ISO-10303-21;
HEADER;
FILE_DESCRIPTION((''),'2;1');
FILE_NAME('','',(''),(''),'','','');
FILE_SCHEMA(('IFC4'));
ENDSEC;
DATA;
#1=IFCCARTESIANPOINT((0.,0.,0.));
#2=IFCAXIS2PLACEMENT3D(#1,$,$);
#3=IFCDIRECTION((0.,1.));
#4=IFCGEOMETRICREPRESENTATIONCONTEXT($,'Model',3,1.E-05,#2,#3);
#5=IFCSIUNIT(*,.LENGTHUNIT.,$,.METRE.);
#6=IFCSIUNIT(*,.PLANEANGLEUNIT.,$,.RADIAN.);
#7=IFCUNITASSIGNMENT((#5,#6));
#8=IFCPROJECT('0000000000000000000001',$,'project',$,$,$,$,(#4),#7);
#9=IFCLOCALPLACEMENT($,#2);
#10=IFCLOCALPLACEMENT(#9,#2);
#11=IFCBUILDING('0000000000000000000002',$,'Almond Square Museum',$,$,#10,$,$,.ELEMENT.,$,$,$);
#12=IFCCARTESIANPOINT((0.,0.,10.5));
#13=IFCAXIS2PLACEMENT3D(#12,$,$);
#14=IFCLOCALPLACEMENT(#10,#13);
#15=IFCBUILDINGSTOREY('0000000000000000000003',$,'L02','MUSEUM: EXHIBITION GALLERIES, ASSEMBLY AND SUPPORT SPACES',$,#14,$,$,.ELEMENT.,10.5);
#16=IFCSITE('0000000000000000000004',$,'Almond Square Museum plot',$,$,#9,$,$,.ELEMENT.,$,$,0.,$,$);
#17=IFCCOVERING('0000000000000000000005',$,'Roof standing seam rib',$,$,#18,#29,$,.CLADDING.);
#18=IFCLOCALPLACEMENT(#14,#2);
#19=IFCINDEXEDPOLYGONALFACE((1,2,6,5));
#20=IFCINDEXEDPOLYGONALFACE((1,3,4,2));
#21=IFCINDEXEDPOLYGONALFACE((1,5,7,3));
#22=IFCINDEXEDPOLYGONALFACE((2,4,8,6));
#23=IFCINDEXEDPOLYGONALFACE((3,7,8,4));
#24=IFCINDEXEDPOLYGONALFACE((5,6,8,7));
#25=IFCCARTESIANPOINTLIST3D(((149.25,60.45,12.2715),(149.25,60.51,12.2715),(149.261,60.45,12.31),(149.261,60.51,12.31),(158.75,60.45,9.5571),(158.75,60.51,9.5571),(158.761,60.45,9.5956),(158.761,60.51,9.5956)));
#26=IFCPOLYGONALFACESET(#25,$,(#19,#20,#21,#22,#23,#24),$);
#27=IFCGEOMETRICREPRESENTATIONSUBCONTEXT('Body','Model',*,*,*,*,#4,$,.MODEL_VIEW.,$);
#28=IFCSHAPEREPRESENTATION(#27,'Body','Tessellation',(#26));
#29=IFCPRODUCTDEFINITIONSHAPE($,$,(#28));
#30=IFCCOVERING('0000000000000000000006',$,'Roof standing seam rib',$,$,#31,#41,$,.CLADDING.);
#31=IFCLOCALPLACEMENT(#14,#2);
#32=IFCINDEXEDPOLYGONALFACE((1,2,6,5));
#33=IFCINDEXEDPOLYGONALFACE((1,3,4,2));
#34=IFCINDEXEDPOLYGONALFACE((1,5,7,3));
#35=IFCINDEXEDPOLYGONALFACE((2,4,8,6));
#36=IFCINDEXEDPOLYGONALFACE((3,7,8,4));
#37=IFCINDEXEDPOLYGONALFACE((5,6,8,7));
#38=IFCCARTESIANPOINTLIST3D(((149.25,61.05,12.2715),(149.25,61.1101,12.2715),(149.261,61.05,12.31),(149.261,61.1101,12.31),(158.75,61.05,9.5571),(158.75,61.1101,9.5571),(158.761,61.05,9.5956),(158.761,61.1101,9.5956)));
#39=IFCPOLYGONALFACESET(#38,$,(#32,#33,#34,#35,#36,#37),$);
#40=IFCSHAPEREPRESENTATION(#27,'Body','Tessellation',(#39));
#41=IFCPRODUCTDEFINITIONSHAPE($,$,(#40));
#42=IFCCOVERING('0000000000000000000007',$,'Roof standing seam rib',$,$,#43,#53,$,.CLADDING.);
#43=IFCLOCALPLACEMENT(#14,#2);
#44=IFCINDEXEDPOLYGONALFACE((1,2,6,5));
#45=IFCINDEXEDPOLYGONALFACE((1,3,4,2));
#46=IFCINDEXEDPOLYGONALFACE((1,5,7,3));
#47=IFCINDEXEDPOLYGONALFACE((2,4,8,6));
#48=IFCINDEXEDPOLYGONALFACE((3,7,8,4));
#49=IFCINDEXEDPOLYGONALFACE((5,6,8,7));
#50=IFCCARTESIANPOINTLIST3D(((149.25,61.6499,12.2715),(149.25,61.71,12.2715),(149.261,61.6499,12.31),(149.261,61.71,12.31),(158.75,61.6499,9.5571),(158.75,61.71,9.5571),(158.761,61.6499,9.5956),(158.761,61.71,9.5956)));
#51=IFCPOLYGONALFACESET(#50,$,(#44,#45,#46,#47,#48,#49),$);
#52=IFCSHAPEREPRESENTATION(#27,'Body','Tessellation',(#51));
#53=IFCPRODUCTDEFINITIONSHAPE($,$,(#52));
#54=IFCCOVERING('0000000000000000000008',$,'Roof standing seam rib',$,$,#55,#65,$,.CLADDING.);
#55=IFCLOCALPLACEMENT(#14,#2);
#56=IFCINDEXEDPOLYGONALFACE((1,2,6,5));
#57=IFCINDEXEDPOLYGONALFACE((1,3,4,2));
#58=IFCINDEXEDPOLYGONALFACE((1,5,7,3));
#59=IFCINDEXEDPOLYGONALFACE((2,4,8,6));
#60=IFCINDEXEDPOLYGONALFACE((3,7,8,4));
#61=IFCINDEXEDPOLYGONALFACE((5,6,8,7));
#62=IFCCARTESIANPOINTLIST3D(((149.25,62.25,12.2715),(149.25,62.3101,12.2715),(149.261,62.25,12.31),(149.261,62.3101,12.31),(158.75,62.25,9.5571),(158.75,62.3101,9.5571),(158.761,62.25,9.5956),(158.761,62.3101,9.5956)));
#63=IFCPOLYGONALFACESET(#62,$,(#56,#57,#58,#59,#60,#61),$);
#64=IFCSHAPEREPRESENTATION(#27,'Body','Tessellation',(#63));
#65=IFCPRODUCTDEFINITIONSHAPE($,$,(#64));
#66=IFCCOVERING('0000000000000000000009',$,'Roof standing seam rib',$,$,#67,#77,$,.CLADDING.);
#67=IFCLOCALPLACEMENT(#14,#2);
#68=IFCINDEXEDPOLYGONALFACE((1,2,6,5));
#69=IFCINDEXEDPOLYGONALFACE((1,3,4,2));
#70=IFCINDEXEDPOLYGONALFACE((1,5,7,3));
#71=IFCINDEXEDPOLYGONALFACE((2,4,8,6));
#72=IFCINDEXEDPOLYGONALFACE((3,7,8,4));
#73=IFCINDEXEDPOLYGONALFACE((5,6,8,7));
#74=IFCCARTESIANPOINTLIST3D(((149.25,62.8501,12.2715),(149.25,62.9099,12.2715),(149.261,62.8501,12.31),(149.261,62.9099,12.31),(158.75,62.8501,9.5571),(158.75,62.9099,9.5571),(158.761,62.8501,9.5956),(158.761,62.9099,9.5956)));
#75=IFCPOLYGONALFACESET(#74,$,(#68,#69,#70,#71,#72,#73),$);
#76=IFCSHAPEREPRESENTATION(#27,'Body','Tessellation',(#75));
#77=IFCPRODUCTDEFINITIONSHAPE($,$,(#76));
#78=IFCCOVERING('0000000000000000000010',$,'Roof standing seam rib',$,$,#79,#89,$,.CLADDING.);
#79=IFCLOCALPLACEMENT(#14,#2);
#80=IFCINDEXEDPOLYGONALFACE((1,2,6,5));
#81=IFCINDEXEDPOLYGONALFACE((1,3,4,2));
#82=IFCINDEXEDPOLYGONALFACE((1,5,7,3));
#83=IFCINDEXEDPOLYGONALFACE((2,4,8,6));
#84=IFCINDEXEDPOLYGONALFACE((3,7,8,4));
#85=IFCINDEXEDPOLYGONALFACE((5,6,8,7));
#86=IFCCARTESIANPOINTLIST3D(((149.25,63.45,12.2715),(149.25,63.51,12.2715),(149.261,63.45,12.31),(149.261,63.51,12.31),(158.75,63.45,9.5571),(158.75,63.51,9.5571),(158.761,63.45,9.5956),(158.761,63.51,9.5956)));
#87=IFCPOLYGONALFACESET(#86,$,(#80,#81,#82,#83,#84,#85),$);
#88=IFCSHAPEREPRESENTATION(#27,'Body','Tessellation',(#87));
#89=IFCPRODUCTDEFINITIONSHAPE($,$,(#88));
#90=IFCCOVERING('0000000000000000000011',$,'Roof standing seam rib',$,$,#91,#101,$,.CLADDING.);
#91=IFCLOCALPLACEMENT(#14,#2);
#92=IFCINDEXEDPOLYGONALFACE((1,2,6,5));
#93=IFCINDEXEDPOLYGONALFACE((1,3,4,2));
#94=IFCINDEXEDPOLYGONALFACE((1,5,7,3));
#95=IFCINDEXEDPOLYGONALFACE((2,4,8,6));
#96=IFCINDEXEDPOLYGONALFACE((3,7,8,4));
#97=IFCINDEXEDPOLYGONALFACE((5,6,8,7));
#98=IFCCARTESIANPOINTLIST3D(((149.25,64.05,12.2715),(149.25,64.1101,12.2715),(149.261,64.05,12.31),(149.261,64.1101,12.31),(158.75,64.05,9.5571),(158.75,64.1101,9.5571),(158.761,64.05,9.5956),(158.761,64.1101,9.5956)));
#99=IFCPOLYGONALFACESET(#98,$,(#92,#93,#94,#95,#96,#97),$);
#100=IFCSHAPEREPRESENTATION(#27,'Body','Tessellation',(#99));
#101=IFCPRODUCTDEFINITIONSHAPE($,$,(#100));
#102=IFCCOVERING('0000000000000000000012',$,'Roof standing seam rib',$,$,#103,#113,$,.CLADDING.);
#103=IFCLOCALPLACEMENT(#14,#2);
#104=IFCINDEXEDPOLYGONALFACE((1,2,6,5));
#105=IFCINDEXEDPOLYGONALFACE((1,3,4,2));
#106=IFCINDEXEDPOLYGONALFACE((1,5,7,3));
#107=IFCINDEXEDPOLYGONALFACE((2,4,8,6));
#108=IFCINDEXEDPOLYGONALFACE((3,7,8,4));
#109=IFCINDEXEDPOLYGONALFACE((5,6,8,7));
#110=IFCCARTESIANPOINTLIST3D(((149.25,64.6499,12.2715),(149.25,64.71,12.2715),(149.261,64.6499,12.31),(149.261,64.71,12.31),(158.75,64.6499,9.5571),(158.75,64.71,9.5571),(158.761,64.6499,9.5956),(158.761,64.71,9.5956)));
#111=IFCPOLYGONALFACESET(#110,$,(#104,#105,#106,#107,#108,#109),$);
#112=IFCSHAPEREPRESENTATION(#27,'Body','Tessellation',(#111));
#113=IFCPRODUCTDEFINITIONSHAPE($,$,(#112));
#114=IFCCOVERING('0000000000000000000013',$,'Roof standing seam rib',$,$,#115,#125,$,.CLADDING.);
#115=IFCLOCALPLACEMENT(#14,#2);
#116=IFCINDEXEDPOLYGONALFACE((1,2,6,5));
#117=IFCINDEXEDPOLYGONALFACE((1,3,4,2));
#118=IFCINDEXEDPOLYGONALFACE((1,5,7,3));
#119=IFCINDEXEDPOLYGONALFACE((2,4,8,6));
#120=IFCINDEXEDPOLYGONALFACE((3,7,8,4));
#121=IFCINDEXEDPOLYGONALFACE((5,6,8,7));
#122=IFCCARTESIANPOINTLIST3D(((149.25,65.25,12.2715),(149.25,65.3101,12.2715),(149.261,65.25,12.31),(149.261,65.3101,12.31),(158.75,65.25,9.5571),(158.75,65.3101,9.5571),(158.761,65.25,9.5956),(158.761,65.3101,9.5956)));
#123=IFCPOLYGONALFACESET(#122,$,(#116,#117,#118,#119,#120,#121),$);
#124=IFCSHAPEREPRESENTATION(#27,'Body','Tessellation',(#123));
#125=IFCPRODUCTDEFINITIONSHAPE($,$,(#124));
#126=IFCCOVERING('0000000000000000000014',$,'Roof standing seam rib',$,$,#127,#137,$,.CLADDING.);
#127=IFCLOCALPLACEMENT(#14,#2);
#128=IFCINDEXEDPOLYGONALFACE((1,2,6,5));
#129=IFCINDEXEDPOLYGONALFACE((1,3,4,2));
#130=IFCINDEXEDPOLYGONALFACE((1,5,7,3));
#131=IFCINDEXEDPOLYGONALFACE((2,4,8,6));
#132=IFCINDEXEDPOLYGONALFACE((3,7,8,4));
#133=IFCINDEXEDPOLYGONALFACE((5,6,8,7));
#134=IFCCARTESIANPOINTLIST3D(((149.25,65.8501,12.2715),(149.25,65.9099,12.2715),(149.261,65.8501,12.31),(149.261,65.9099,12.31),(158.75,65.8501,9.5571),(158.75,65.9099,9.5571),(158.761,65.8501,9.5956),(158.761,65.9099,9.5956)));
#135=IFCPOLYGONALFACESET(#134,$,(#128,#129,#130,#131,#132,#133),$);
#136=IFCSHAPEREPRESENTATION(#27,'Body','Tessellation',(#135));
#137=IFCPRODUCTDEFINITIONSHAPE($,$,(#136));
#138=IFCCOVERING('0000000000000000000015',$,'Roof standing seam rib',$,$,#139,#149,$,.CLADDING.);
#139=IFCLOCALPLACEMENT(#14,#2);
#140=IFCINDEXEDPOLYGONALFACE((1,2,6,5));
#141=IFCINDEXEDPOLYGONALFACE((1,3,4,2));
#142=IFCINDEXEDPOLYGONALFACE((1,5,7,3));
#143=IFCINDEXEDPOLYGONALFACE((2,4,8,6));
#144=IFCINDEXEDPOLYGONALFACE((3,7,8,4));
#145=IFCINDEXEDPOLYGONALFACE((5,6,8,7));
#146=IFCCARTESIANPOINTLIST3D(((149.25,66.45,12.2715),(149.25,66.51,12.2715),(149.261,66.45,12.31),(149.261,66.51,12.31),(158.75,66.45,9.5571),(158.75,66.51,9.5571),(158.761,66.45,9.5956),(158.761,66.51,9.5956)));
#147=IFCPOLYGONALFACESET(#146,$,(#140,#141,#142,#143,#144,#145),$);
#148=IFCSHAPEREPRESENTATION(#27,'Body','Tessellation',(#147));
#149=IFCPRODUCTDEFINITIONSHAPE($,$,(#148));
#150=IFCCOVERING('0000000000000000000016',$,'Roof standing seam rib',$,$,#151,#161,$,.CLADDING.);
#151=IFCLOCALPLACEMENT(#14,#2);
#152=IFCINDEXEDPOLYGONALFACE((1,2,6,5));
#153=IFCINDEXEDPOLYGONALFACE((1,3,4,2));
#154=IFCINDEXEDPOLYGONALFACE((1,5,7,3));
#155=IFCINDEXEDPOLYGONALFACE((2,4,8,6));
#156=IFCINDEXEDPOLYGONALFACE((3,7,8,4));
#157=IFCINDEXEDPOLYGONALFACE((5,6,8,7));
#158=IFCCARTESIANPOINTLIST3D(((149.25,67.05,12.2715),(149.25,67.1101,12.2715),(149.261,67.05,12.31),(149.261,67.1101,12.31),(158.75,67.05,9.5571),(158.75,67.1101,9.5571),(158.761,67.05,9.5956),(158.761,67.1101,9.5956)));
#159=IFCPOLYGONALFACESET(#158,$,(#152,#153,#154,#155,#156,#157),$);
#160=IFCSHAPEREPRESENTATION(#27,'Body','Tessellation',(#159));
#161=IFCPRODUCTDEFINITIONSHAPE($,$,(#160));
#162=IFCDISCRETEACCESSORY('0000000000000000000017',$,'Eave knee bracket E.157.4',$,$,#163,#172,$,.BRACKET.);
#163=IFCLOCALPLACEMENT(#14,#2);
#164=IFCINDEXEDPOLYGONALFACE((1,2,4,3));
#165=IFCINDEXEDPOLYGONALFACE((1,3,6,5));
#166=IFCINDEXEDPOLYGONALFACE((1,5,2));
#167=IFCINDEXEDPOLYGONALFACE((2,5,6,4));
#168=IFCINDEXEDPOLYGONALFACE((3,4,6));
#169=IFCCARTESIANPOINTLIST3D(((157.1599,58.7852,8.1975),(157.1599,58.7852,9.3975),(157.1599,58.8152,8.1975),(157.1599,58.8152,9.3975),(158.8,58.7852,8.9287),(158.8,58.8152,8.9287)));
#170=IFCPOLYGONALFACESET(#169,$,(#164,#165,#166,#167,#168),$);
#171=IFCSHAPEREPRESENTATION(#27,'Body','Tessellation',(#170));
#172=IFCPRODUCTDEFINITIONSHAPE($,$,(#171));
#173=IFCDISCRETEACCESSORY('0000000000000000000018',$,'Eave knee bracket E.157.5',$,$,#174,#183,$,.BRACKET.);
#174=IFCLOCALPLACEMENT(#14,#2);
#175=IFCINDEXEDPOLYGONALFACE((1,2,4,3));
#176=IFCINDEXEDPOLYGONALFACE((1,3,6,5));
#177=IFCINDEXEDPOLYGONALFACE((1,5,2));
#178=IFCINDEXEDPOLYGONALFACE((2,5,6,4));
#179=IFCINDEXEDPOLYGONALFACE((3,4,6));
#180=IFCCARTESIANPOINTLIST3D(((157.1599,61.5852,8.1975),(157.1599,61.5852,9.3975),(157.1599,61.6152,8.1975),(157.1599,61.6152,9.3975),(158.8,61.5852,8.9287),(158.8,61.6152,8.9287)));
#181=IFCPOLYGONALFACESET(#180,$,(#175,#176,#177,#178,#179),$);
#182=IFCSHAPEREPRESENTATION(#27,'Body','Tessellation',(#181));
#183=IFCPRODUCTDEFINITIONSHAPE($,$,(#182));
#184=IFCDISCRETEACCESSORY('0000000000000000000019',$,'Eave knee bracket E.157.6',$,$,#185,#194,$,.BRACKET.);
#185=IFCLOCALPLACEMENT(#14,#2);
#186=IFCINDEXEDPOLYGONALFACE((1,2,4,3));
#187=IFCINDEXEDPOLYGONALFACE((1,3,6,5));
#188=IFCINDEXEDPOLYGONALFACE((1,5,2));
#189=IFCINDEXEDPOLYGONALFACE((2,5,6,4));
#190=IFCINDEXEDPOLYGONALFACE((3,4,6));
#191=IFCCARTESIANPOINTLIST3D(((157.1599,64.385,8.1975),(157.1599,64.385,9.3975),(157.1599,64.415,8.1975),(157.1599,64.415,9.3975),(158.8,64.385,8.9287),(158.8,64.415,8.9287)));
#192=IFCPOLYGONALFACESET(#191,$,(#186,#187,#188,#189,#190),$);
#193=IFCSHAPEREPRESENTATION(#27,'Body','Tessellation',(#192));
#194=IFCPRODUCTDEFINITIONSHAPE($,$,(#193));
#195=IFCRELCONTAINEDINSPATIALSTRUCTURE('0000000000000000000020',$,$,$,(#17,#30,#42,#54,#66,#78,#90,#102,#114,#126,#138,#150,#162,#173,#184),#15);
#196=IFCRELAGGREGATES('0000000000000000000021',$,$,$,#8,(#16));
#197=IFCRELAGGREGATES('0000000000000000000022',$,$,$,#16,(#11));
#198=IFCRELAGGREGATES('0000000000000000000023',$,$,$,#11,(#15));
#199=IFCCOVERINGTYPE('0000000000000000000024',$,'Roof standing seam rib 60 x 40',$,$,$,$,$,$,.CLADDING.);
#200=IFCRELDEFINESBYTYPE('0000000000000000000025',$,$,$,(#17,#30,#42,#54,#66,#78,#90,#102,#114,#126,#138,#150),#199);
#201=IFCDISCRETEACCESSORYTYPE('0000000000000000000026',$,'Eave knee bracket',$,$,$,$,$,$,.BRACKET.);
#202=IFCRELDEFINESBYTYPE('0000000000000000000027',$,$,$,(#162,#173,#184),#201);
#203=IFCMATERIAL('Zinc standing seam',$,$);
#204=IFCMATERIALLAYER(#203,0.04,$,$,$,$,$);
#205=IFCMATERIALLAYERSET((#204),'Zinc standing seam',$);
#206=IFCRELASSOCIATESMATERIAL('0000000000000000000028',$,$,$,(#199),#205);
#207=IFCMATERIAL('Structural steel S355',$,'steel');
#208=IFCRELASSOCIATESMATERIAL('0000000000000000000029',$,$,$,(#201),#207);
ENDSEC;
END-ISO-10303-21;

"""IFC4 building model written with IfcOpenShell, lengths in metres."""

from ifc_helpers import new_model, si_unit, direction, frame, origin, place, context, subcontext, project, spatial, polyline, outline, extrude, material, layer, layer_set, type_object, element, save


model = new_model("IFC4")

# Units and contexts
model_context = context("Model", 3, precision=1e-05, world=origin(), true_north=direction((0.0, 1.0)))
body_context = subcontext(model_context, "Body", "Model", "MODEL_VIEW")
ifc_project = project(units=[si_unit("LENGTHUNIT", "METRE"), si_unit("PLANEANGLEUNIT", "RADIAN")], contexts=[model_context])

# Site, building, storey
site_placement = place(None, origin())
site = spatial("IfcSite", under=ifc_project, at=site_placement, Name="Almond Square Museum plot", CompositionType="ELEMENT", RefElevation=0.0)
building_placement = place(site_placement, origin())
building = spatial("IfcBuilding", under=site, at=building_placement, Name="Almond Square Museum", CompositionType="ELEMENT")
storey_placement = place(building_placement, frame((0.0, 0.0, 10.5)))
storey = spatial("IfcBuildingStorey", under=building, at=storey_placement, Name="L02", Description="MUSEUM: EXHIBITION GALLERIES, ASSEMBLY AND SUPPORT SPACES", CompositionType="ELEMENT", Elevation=10.5)

# Coverings
ifc_material_1 = material(Name="Zinc standing seam")
ifc_layer = layer(ifc_material_1, 0.04)
ifc_layer_set = layer_set([ifc_layer], Name="Zinc standing seam")
covering_type = type_object("IfcCoveringType", Name="Roof standing seam rib 60 x 40", PredefinedType="CLADDING", material=ifc_layer_set)
for number, where, z_axis, x_axis, name in (
    (1, (158.75, 60.51, 9.5571), (0.274728, 0.0, 0.961522), (-0.961522, 0.0, 0.274728), "Roof standing seam rib"),
    (2, (158.75, 61.1101, 9.5571), (0.274728, 0.0, 0.961522), (-0.961522, 0.0, 0.274728), "Roof standing seam rib"),
    (3, (158.75, 61.71, 9.5571), (0.274728, 0.0, 0.961522), (-0.961522, 0.0, 0.274728), "Roof standing seam rib"),
    (4, (158.75, 62.3101, 9.5571), (0.274728, 0.0, 0.961522), (-0.961522, 0.0, 0.274728), "Roof standing seam rib"),
):
    element("IfcCovering", number, at=place(storey_placement, frame(where, z_axis=z_axis, x_axis=x_axis)), inside=storey, type_object=covering_type, Name=name, PredefinedType="CLADDING", context=body_context, shape_type="SweptSolid", body=[
        extrude(outline(polyline([(0.0, 0.0), (9.8802, 0.0), (9.8802, 0.0601), (0.0, 0.0601), (0.0, 0.0)])), origin(), (0.0, 0.0, 1.0), 0.04),
    ])
covering_1_placement = place(storey_placement, frame((158.75, 62.9099, 9.5571), z_axis=(0.274728, 0.0, 0.961522), x_axis=(-0.961522, 0.0, 0.274728)))
element("IfcCovering", 5, at=covering_1_placement, inside=storey, type_object=covering_type, Name="Roof standing seam rib", PredefinedType="CLADDING", context=body_context, shape_type="SweptSolid", body=[
    extrude(outline(polyline([(0.0, 0.0), (9.8802, 0.0), (9.8802, 0.0598), (0.0, 0.0598), (0.0, 0.0)])), origin(), (0.0, 0.0, 1.0), 0.04),
])
for number, where, z_axis, x_axis, name in (
    (6, (158.75, 63.51, 9.5571), (0.274728, 0.0, 0.961522), (-0.961522, 0.0, 0.274728), "Roof standing seam rib"),
    (7, (158.75, 64.1101, 9.5571), (0.274728, 0.0, 0.961522), (-0.961522, 0.0, 0.274728), "Roof standing seam rib"),
    (8, (158.75, 64.71, 9.5571), (0.274728, 0.0, 0.961522), (-0.961522, 0.0, 0.274728), "Roof standing seam rib"),
    (9, (158.75, 65.3101, 9.5571), (0.274728, 0.0, 0.961522), (-0.961522, 0.0, 0.274728), "Roof standing seam rib"),
):
    element("IfcCovering", number, at=place(storey_placement, frame(where, z_axis=z_axis, x_axis=x_axis)), inside=storey, type_object=covering_type, Name=name, PredefinedType="CLADDING", context=body_context, shape_type="SweptSolid", body=[
        extrude(outline(polyline([(0.0, 0.0), (9.8802, 0.0), (9.8802, 0.0601), (0.0, 0.0601), (0.0, 0.0)])), origin(), (0.0, 0.0, 1.0), 0.04),
    ])
covering_2_placement = place(storey_placement, frame((158.75, 65.9099, 9.5571), z_axis=(0.274728, 0.0, 0.961522), x_axis=(-0.961522, 0.0, 0.274728)))
element("IfcCovering", 10, at=covering_2_placement, inside=storey, type_object=covering_type, Name="Roof standing seam rib", PredefinedType="CLADDING", context=body_context, shape_type="SweptSolid", body=[
    extrude(outline(polyline([(0.0, 0.0), (9.8802, 0.0), (9.8802, 0.0598), (0.0, 0.0598), (0.0, 0.0)])), origin(), (0.0, 0.0, 1.0), 0.04),
])
for number, where, z_axis, x_axis, name in (
    (11, (158.75, 66.51, 9.5571), (0.274728, 0.0, 0.961522), (-0.961522, 0.0, 0.274728), "Roof standing seam rib"),
    (12, (158.75, 67.1101, 9.5571), (0.274728, 0.0, 0.961522), (-0.961522, 0.0, 0.274728), "Roof standing seam rib"),
):
    element("IfcCovering", number, at=place(storey_placement, frame(where, z_axis=z_axis, x_axis=x_axis)), inside=storey, type_object=covering_type, Name=name, PredefinedType="CLADDING", context=body_context, shape_type="SweptSolid", body=[
        extrude(outline(polyline([(0.0, 0.0), (9.8802, 0.0), (9.8802, 0.0601), (0.0, 0.0601), (0.0, 0.0)])), origin(), (0.0, 0.0, 1.0), 0.04),
    ])

# Discrete accessories
ifc_material_2 = material(Name="Structural steel S355", Category="steel")
discrete_accessory_type = type_object("IfcDiscreteAccessoryType", Name="Eave knee bracket", PredefinedType="BRACKET", material=ifc_material_2)
for number, where, z_axis, x_axis, name in (
    (13, (157.1599, 58.8, 9.3975), (0.0, -1.0, 0.0), (0.0, 0.0, -1.0), "Eave knee bracket E.157.4"),
    (14, (157.1599, 61.6001, 9.3975), (0.0, -1.0, 0.0), (0.0, 0.0, -1.0), "Eave knee bracket E.157.5"),
    (15, (157.1599, 64.3999, 9.3975), (0.0, -1.0, 0.0), (0.0, 0.0, -1.0), "Eave knee bracket E.157.6"),
):
    element("IfcDiscreteAccessory", number, at=place(storey_placement, frame(where, z_axis=z_axis, x_axis=x_axis)), inside=storey, type_object=discrete_accessory_type, Name=name, PredefinedType="BRACKET", context=body_context, shape_type="SweptSolid", body=[
        extrude(outline(polyline([(0.0, 0.0), (1.2, 0.0), (0.4688, 1.6401), (0.0, 0.0)])), frame((0.0, 0.0, -0.0151)), (0.0, 0.0, 1.0), 0.03),
    ])

save(model, "model.ifc")
